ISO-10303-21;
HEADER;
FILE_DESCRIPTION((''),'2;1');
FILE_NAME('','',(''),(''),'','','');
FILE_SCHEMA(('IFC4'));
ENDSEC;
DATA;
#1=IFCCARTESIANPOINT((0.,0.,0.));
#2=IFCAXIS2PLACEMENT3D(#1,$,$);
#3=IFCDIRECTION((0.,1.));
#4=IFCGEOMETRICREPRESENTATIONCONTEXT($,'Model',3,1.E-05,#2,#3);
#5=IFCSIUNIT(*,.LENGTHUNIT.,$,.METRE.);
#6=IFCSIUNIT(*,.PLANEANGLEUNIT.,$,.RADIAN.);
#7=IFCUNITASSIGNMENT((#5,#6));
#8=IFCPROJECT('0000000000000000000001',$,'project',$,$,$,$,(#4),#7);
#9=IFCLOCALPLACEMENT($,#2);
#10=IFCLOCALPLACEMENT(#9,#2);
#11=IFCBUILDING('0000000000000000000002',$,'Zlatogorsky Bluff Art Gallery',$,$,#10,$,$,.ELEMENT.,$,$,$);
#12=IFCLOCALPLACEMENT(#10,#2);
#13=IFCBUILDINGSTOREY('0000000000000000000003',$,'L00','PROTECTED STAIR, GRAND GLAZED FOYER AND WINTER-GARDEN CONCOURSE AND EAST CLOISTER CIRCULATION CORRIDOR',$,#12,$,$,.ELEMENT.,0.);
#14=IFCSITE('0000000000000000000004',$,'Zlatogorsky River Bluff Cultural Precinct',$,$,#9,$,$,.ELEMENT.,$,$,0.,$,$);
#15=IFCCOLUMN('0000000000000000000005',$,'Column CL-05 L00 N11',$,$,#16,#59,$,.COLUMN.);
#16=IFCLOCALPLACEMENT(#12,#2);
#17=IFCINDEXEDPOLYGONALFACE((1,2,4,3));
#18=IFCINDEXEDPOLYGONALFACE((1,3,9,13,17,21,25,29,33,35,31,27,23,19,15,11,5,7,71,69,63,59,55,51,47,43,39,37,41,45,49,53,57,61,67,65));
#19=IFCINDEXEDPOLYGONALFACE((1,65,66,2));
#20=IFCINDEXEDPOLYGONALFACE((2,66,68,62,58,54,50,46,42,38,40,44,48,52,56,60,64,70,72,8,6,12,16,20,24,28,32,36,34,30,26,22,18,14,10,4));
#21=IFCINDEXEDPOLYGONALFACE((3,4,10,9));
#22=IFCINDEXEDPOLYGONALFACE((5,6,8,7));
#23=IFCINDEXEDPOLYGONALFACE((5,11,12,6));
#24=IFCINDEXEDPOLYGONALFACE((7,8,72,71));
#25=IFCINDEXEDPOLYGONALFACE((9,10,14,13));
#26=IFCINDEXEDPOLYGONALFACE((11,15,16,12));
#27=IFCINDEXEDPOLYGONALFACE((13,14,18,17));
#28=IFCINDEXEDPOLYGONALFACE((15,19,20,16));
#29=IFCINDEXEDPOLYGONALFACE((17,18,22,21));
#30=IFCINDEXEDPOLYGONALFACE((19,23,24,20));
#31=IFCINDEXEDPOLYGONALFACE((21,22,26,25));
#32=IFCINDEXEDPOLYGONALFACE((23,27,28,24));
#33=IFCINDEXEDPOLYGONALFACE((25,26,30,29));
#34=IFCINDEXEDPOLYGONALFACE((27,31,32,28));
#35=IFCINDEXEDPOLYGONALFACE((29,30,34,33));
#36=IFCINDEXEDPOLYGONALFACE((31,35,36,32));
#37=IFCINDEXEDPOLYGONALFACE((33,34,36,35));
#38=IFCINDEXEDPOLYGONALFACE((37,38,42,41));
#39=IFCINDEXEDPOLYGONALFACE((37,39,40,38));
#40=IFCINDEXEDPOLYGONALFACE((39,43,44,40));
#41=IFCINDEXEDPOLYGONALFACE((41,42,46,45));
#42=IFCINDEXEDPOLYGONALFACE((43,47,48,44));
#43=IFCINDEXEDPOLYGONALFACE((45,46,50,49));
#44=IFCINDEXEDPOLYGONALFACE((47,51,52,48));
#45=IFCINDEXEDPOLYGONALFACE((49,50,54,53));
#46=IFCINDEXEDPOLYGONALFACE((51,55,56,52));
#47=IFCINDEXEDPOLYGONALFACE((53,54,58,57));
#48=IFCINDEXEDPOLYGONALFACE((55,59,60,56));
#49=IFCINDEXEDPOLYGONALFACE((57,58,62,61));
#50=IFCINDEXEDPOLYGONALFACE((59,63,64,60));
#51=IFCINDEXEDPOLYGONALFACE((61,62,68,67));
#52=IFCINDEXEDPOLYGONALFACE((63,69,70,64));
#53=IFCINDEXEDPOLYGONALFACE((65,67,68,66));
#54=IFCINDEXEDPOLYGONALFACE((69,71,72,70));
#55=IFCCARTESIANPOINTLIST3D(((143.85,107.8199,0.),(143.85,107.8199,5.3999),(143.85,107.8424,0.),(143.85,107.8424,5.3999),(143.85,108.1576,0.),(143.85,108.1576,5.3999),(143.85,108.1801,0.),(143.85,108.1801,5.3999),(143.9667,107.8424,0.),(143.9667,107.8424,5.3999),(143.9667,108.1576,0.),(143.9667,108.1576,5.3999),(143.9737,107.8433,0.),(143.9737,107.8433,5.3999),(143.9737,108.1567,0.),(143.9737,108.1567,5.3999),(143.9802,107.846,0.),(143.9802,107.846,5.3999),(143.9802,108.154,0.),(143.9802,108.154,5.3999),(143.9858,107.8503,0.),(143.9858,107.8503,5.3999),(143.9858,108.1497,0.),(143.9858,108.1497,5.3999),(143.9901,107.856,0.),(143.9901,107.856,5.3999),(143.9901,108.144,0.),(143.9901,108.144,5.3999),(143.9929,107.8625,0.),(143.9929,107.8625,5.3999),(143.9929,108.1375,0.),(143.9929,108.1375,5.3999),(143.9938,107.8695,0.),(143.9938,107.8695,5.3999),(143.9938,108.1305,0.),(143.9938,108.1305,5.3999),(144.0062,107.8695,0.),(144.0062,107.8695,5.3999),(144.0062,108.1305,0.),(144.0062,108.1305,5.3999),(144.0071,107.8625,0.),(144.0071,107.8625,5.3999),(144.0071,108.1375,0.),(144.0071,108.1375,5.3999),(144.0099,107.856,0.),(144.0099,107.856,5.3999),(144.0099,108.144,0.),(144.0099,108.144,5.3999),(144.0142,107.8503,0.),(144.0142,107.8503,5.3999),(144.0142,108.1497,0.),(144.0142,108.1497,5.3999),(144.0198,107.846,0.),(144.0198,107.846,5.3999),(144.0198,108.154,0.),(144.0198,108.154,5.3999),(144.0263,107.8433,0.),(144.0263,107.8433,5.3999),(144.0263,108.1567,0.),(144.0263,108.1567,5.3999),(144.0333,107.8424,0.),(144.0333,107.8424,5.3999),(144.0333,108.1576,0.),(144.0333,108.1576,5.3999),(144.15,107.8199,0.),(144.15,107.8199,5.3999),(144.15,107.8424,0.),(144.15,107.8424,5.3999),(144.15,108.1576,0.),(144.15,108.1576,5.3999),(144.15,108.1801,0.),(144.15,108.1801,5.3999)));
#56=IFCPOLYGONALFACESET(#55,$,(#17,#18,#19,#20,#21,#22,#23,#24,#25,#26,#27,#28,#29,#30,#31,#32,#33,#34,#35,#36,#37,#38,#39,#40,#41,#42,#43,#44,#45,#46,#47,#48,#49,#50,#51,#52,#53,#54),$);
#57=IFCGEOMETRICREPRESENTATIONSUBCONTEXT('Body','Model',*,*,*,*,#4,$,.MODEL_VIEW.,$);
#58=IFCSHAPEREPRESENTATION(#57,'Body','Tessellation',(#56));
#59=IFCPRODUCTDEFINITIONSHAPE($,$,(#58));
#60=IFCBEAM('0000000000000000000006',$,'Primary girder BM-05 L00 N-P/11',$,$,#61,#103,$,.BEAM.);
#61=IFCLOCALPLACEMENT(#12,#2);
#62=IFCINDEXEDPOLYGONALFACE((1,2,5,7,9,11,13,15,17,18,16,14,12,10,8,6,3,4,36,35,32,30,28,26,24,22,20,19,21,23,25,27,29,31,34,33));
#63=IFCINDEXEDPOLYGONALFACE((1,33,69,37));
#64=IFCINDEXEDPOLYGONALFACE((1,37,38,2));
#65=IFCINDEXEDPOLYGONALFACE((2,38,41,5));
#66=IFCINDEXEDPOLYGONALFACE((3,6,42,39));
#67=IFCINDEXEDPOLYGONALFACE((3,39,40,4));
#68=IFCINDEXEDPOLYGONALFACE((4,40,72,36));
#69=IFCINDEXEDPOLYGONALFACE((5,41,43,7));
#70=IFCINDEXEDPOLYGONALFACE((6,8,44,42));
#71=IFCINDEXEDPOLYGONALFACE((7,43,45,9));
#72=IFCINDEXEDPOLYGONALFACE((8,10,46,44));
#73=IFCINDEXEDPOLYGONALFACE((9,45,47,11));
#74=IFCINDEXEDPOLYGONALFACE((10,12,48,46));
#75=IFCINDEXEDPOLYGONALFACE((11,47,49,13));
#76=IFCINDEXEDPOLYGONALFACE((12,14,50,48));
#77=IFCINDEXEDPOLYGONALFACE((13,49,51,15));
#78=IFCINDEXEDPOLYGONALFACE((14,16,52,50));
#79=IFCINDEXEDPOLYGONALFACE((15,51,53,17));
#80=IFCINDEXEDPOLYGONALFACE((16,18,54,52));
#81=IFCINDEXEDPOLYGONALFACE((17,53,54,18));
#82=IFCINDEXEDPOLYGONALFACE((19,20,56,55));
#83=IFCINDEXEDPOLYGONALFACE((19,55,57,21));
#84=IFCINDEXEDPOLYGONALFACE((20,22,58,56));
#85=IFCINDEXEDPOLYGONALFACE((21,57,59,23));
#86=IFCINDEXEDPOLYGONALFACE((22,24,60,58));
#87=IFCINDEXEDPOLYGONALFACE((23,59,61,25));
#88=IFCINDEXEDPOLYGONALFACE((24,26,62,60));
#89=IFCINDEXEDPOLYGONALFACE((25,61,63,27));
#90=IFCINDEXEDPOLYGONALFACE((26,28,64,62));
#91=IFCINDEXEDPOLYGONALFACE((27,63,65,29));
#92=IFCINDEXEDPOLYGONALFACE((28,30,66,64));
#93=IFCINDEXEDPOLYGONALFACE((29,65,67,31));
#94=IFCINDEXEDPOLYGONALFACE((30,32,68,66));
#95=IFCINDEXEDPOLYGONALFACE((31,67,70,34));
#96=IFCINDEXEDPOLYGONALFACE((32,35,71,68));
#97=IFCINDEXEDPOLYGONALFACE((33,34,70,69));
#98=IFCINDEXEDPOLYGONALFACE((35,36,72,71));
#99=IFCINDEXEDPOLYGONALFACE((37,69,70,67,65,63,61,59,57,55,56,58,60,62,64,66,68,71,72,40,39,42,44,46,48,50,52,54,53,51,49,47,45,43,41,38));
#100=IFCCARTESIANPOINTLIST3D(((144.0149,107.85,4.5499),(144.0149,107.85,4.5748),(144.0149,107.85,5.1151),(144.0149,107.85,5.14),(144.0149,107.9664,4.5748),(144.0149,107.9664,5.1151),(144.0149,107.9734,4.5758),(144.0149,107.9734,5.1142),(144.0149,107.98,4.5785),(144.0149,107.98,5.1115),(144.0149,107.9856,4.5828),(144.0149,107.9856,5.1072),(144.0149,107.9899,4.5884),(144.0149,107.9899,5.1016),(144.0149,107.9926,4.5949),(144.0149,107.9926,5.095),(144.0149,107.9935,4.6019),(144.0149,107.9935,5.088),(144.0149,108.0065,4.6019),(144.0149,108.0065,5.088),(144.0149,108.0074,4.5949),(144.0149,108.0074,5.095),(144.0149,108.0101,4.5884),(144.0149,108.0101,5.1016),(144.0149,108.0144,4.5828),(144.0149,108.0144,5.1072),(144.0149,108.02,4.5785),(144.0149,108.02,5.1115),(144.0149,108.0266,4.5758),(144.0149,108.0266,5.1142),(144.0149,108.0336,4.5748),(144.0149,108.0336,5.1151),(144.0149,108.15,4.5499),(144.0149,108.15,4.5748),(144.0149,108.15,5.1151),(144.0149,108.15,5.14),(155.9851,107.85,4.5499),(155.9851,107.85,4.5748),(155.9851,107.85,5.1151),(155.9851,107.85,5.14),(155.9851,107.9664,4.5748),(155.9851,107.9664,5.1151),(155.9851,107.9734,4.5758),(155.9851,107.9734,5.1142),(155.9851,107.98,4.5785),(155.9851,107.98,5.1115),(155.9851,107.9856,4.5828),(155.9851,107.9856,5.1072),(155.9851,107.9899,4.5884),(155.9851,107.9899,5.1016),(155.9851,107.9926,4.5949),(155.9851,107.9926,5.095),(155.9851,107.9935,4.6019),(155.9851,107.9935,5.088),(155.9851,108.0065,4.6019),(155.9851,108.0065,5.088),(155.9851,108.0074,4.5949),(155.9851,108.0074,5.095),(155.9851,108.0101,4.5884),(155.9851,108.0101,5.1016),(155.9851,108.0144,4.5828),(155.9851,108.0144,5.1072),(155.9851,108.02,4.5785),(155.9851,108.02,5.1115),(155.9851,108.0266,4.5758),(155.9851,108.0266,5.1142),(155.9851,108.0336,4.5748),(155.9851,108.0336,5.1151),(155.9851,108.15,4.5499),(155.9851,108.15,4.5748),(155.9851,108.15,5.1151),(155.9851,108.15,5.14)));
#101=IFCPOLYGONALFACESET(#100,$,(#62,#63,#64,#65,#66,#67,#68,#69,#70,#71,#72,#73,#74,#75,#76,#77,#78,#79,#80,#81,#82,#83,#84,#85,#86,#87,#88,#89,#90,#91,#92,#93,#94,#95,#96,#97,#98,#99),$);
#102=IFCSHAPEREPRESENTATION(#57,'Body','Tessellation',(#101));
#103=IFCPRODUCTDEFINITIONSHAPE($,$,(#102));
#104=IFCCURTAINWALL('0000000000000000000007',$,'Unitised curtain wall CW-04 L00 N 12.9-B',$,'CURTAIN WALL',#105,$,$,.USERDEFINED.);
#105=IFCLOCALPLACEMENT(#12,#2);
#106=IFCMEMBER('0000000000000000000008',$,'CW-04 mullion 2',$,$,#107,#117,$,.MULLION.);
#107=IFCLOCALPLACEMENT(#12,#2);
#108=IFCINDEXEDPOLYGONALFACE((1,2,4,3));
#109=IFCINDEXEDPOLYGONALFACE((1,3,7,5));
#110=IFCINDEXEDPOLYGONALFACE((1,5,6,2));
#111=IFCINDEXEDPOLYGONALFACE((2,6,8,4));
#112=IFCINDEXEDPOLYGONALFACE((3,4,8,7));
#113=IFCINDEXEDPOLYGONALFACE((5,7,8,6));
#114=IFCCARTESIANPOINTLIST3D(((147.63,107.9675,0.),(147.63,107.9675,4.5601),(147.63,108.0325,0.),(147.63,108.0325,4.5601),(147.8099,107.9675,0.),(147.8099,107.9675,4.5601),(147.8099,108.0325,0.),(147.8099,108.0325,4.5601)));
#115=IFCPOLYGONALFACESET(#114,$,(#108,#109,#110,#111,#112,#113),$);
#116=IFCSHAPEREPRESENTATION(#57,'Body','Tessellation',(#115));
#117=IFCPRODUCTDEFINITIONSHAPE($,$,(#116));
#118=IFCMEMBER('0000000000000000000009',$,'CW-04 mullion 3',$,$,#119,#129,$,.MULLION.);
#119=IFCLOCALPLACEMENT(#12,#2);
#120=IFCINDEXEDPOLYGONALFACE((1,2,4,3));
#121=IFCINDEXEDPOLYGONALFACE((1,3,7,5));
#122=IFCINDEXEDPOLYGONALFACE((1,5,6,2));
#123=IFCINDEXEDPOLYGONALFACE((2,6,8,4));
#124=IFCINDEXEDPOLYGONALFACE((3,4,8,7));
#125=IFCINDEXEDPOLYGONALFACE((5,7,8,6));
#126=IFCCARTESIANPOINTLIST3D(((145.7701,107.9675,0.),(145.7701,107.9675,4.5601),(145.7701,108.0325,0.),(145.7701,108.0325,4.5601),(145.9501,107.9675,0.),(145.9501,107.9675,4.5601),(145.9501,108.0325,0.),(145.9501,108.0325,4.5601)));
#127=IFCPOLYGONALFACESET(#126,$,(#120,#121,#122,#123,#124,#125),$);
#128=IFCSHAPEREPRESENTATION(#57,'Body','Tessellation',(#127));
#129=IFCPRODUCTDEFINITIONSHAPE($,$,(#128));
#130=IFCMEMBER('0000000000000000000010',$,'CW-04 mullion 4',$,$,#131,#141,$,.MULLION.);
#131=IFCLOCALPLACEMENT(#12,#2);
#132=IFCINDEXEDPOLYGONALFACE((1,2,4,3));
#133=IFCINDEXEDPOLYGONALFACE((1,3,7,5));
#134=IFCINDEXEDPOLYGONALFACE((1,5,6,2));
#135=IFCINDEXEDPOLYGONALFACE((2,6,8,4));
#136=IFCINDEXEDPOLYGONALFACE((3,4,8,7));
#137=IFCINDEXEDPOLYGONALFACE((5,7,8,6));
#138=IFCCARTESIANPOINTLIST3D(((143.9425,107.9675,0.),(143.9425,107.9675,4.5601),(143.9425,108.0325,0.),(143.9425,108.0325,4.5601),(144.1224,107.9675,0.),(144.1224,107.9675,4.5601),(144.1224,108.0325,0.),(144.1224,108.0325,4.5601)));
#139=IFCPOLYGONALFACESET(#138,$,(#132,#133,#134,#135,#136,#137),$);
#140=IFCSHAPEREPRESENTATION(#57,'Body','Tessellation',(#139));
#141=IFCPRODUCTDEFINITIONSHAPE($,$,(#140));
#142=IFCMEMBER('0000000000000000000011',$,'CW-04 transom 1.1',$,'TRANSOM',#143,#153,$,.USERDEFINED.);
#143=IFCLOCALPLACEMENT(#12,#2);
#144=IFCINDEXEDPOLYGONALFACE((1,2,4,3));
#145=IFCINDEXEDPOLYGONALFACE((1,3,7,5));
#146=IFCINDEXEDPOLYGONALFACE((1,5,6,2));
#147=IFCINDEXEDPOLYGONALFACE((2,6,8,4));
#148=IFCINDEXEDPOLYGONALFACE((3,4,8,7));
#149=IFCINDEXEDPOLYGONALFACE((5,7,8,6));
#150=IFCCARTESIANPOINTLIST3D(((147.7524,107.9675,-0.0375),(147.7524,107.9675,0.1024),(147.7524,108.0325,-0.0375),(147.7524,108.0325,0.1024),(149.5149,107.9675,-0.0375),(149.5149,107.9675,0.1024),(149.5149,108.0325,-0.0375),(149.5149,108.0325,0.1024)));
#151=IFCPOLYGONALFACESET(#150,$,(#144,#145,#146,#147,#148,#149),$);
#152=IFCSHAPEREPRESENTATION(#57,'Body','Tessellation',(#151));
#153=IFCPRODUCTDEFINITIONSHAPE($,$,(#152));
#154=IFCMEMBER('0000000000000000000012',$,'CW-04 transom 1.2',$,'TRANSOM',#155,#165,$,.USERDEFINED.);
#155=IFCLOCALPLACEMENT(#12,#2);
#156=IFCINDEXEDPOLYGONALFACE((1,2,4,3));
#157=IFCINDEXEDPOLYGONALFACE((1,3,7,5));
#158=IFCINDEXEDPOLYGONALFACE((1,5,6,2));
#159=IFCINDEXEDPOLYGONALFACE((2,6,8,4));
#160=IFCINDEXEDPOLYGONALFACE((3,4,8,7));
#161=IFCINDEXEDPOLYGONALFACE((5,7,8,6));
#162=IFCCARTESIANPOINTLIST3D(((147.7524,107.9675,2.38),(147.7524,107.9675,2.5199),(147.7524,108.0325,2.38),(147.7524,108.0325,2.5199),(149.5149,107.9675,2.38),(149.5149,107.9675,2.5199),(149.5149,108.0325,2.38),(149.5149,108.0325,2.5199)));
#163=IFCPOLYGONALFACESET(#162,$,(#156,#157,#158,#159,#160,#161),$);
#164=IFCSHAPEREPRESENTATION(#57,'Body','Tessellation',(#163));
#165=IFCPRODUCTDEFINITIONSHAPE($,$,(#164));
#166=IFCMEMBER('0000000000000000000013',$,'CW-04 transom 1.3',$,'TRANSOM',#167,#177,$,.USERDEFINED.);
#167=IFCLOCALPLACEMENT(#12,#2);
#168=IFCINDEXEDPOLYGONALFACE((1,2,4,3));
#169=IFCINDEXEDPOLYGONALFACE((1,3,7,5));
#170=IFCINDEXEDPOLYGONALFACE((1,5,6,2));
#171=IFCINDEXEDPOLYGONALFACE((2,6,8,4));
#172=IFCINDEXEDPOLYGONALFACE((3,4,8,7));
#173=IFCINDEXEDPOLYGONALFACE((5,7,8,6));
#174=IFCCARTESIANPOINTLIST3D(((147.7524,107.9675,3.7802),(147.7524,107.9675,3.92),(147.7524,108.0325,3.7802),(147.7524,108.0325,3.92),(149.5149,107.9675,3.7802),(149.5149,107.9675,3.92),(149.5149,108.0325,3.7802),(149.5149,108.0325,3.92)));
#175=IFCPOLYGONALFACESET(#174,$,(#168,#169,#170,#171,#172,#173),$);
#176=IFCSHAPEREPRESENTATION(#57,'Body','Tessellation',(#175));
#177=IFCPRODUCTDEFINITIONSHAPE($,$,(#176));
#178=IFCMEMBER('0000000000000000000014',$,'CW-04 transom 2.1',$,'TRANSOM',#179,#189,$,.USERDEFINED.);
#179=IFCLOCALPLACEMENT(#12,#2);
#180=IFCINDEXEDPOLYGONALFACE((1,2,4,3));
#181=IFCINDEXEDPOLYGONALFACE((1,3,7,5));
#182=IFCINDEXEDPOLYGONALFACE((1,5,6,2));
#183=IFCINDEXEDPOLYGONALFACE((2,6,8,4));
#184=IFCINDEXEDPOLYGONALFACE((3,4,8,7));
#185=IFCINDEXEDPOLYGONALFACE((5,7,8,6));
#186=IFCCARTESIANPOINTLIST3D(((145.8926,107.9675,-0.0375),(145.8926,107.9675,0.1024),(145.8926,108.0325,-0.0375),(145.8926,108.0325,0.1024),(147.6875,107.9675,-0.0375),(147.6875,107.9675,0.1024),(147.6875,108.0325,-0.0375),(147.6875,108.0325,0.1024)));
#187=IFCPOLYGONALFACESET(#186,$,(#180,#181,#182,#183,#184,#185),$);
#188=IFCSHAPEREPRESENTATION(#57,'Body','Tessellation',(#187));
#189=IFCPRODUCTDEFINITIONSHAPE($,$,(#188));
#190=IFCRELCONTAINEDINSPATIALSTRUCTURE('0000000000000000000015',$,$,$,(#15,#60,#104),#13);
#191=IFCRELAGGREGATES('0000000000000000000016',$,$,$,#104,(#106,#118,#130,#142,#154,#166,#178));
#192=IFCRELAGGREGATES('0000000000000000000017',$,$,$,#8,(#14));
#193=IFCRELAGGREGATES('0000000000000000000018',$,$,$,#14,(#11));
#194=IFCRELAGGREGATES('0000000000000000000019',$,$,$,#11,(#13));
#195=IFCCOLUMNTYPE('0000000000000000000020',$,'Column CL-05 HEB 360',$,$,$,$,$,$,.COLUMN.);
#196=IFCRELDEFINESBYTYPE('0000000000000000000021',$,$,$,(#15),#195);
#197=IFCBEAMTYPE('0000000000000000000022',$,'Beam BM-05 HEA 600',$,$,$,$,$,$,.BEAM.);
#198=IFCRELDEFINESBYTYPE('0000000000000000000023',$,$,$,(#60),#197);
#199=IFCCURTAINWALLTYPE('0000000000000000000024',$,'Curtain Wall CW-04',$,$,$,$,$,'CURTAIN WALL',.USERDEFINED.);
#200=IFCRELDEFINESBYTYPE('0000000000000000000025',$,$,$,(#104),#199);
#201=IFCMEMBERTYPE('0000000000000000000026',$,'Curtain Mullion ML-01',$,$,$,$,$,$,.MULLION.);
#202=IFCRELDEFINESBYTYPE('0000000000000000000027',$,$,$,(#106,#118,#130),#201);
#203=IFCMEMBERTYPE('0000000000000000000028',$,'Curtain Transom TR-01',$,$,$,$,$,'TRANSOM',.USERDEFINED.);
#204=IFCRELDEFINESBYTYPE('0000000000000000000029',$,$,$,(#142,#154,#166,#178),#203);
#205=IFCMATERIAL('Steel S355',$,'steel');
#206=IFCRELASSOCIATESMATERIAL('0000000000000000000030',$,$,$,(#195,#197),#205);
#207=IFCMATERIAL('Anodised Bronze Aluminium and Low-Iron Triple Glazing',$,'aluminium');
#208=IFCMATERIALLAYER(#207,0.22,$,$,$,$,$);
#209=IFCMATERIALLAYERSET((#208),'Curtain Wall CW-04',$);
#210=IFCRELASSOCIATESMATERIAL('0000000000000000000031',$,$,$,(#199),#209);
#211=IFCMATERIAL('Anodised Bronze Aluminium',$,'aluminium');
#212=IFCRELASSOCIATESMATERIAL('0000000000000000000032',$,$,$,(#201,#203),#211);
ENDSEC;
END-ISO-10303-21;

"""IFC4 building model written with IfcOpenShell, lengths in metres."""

from ifc_helpers import new_model, si_unit, direction, frame, origin, origin_2d, place, context, subcontext, project, spatial, rectangle, i_section, extrude, material, layer, layer_set, material_profile, profile_set, type_object, element, aggregate, save


model = new_model("IFC4")

# Units and contexts
model_context = context("Model", 3, precision=1e-05, world=origin(), true_north=direction((0.0, 1.0)))
body_context = subcontext(model_context, "Body", "Model", "MODEL_VIEW")
ifc_project = project(units=[si_unit("LENGTHUNIT", "METRE"), si_unit("PLANEANGLEUNIT", "RADIAN")], contexts=[model_context])

# Site, building, storey
site_placement = place(None, origin())
site = spatial("IfcSite", under=ifc_project, at=site_placement, Name="Zlatogorsky River Bluff Cultural Precinct", CompositionType="ELEMENT", RefElevation=0.0)
building_placement = place(site_placement, origin())
building = spatial("IfcBuilding", under=site, at=building_placement, Name="Zlatogorsky Bluff Art Gallery", CompositionType="ELEMENT")
storey_placement = place(building_placement, origin())
storey = spatial("IfcBuildingStorey", under=building, at=storey_placement, Name="L00", Description="PROTECTED STAIR, GRAND GLAZED FOYER AND WINTER-GARDEN CONCOURSE AND EAST CLOISTER CIRCULATION CORRIDOR", CompositionType="ELEMENT", Elevation=0.0)

# Column
ifc_material_1 = material(Name="Steel S355", Category="steel")
ifc_material_profile_1 = material_profile(ifc_material_1, i_section(OverallWidth=0.3, OverallDepth=0.3601, WebThickness=0.0125, FlangeThickness=0.0225, FilletRadius=0.0271, at=origin_2d()), Name="HEB 360")
ifc_profile_set_1 = profile_set([ifc_material_profile_1], Name="Steel S355")
column_type = type_object("IfcColumnType", Name="Column CL-05 HEB 360", PredefinedType="COLUMN", material=ifc_profile_set_1)
column_placement = place(storey_placement, frame((144.0, 108.0, 0.0), z_axis=(0.0, 0.0, 1.0), x_axis=(1.0, 0.0, 0.0)))
element("IfcColumn", 1, at=column_placement, inside=storey, type_object=column_type, Name="Column CL-05 L00 N11", PredefinedType="COLUMN", context=body_context, shape_type="SweptSolid", body=[
    extrude(i_section(OverallWidth=0.3, OverallDepth=0.3601, WebThickness=0.0125, FlangeThickness=0.0225, FilletRadius=0.0271, at=origin_2d()), origin(), (0.0, 0.0, 1.0), 5.3999),
])

# Beam
ifc_material_profile_2 = material_profile(ifc_material_1, i_section(OverallWidth=0.3, OverallDepth=0.5901, WebThickness=0.0129, FlangeThickness=0.0249, FilletRadius=0.0271, at=origin_2d()), Name="HEA 600")
ifc_profile_set_2 = profile_set([ifc_material_profile_2], Name="Steel S355")
beam_type = type_object("IfcBeamType", Name="Beam BM-05 HEA 600", PredefinedType="BEAM", material=ifc_profile_set_2)
beam_placement = place(storey_placement, frame((144.0149, 108.0, 4.845), z_axis=(1.0, 0.0, 0.0), x_axis=(0.0, 1.0, 0.0)))
element("IfcBeam", 2, at=beam_placement, inside=storey, type_object=beam_type, Name="Primary girder BM-05 L00 N-P/11", PredefinedType="BEAM", context=body_context, shape_type="SweptSolid", body=[
    extrude(i_section(OverallWidth=0.3, OverallDepth=0.5901, WebThickness=0.0129, FlangeThickness=0.0249, FilletRadius=0.0271, at=origin_2d()), origin(), (0.0, 0.0, 1.0), 11.9702),
])

# Curtain wall, members
ifc_material_2 = material(Name="Anodised Bronze Aluminium and Low-Iron Triple Glazing", Category="aluminium")
ifc_layer_1 = layer(ifc_material_2, 0.22)
ifc_layer_set_1 = layer_set([ifc_layer_1], Name="Curtain Wall CW-04")
curtain_wall_type = type_object("IfcCurtainWallType", Name="Curtain Wall CW-04", ElementType="CURTAIN WALL", PredefinedType="USERDEFINED", material=ifc_layer_set_1)
curtain_wall_placement = place(storey_placement, origin())
curtain_wall = element("IfcCurtainWall", 3, at=curtain_wall_placement, inside=storey, type_object=curtain_wall_type, Name="Unitised curtain wall CW-04 L00 N 12.9-B", ObjectType="CURTAIN WALL", PredefinedType="USERDEFINED")
ifc_material_3 = material(Name="Anodised Bronze Aluminium", Category="aluminium")
ifc_material_profile_3 = material_profile(ifc_material_3, rectangle(XDim=0.0649, YDim=0.1799, at=origin_2d()), Name="ALU MULLION 65x180")
ifc_profile_set_3 = profile_set([ifc_material_profile_3], Name="Anodised Bronze Aluminium")
member_type_1 = type_object("IfcMemberType", Name="Curtain Mullion ML-01", PredefinedType="MULLION", material=ifc_profile_set_3)
member_1_placement = place(storey_placement, frame((147.72, 108.0, 0.0), z_axis=(0.0, 0.0, 1.0), x_axis=(0.0, -1.0, 0.0)))
member_1 = element("IfcMember", 4, at=member_1_placement, type_object=member_type_1, Name="CW-04 mullion 2", PredefinedType="MULLION", context=body_context, shape_type="SweptSolid", body=[
    extrude(rectangle(XDim=0.0649, YDim=0.1799, at=origin_2d()), origin(), (0.0, 0.0, 1.0), 4.5601),
])
member_2_placement = place(storey_placement, frame((145.8601, 108.0, 0.0), z_axis=(0.0, 0.0, 1.0), x_axis=(0.0, -1.0, 0.0)))
member_2 = element("IfcMember", 5, at=member_2_placement, type_object=member_type_1, Name="CW-04 mullion 3", PredefinedType="MULLION", context=body_context, shape_type="SweptSolid", body=[
    extrude(rectangle(XDim=0.0649, YDim=0.1799, at=origin_2d()), origin(), (0.0, 0.0, 1.0), 4.5601),
])
member_3_placement = place(storey_placement, frame((144.0325, 108.0, 0.0), z_axis=(0.0, 0.0, 1.0), x_axis=(0.0, -1.0, 0.0)))
member_3 = element("IfcMember", 6, at=member_3_placement, type_object=member_type_1, Name="CW-04 mullion 4", PredefinedType="MULLION", context=body_context, shape_type="SweptSolid", body=[
    extrude(rectangle(XDim=0.0649, YDim=0.1799, at=origin_2d()), origin(), (0.0, 0.0, 1.0), 4.5601),
])
ifc_material_profile_4 = material_profile(ifc_material_3, rectangle(XDim=0.0649, YDim=0.1399, at=origin_2d()), Name="ALU TRANSOM 65x140")
ifc_profile_set_4 = profile_set([ifc_material_profile_4], Name="Anodised Bronze Aluminium")
member_type_2 = type_object("IfcMemberType", Name="Curtain Transom TR-01", ElementType="TRANSOM", PredefinedType="USERDEFINED", material=ifc_profile_set_4)
member_4_placement = place(storey_placement, frame((149.5149, 108.0, 0.0325), z_axis=(-1.0, 0.0, 0.0), x_axis=(0.0, -1.0, 0.0)))
member_4 = element("IfcMember", 7, at=member_4_placement, type_object=member_type_2, Name="CW-04 transom 1.1", ObjectType="TRANSOM", PredefinedType="USERDEFINED", context=body_context, shape_type="SweptSolid", body=[
    extrude(rectangle(XDim=0.0649, YDim=0.1399, at=origin_2d()), origin(), (0.0, 0.0, 1.0), 1.7625),
])
member_5_placement = place(storey_placement, frame((149.5149, 108.0, 2.45), z_axis=(-1.0, 0.0, 0.0), x_axis=(0.0, -1.0, 0.0)))
member_5 = element("IfcMember", 8, at=member_5_placement, type_object=member_type_2, Name="CW-04 transom 1.2", ObjectType="TRANSOM", PredefinedType="USERDEFINED", context=body_context, shape_type="SweptSolid", body=[
    extrude(rectangle(XDim=0.0649, YDim=0.1399, at=origin_2d()), origin(), (0.0, 0.0, 1.0), 1.7625),
])
member_6_placement = place(storey_placement, frame((149.5149, 108.0, 3.8501), z_axis=(-1.0, 0.0, 0.0), x_axis=(0.0, -1.0, 0.0)))
member_6 = element("IfcMember", 9, at=member_6_placement, type_object=member_type_2, Name="CW-04 transom 1.3", ObjectType="TRANSOM", PredefinedType="USERDEFINED", context=body_context, shape_type="SweptSolid", body=[
    extrude(rectangle(XDim=0.0649, YDim=0.1399, at=origin_2d()), origin(), (0.0, 0.0, 1.0), 1.7625),
])
member_7_placement = place(storey_placement, frame((147.6875, 108.0, 0.0325), z_axis=(-1.0, 0.0, 0.0), x_axis=(0.0, -1.0, 0.0)))
member_7 = element("IfcMember", 10, at=member_7_placement, type_object=member_type_2, Name="CW-04 transom 2.1", ObjectType="TRANSOM", PredefinedType="USERDEFINED", context=body_context, shape_type="SweptSolid", body=[
    extrude(rectangle(XDim=0.0649, YDim=0.1399, at=origin_2d()), origin(), (0.0, 0.0, 1.0), 1.7949),
])
aggregate(curtain_wall, [member_1, member_2, member_3, member_4, member_5, member_6, member_7])

save(model, "model.ifc")
